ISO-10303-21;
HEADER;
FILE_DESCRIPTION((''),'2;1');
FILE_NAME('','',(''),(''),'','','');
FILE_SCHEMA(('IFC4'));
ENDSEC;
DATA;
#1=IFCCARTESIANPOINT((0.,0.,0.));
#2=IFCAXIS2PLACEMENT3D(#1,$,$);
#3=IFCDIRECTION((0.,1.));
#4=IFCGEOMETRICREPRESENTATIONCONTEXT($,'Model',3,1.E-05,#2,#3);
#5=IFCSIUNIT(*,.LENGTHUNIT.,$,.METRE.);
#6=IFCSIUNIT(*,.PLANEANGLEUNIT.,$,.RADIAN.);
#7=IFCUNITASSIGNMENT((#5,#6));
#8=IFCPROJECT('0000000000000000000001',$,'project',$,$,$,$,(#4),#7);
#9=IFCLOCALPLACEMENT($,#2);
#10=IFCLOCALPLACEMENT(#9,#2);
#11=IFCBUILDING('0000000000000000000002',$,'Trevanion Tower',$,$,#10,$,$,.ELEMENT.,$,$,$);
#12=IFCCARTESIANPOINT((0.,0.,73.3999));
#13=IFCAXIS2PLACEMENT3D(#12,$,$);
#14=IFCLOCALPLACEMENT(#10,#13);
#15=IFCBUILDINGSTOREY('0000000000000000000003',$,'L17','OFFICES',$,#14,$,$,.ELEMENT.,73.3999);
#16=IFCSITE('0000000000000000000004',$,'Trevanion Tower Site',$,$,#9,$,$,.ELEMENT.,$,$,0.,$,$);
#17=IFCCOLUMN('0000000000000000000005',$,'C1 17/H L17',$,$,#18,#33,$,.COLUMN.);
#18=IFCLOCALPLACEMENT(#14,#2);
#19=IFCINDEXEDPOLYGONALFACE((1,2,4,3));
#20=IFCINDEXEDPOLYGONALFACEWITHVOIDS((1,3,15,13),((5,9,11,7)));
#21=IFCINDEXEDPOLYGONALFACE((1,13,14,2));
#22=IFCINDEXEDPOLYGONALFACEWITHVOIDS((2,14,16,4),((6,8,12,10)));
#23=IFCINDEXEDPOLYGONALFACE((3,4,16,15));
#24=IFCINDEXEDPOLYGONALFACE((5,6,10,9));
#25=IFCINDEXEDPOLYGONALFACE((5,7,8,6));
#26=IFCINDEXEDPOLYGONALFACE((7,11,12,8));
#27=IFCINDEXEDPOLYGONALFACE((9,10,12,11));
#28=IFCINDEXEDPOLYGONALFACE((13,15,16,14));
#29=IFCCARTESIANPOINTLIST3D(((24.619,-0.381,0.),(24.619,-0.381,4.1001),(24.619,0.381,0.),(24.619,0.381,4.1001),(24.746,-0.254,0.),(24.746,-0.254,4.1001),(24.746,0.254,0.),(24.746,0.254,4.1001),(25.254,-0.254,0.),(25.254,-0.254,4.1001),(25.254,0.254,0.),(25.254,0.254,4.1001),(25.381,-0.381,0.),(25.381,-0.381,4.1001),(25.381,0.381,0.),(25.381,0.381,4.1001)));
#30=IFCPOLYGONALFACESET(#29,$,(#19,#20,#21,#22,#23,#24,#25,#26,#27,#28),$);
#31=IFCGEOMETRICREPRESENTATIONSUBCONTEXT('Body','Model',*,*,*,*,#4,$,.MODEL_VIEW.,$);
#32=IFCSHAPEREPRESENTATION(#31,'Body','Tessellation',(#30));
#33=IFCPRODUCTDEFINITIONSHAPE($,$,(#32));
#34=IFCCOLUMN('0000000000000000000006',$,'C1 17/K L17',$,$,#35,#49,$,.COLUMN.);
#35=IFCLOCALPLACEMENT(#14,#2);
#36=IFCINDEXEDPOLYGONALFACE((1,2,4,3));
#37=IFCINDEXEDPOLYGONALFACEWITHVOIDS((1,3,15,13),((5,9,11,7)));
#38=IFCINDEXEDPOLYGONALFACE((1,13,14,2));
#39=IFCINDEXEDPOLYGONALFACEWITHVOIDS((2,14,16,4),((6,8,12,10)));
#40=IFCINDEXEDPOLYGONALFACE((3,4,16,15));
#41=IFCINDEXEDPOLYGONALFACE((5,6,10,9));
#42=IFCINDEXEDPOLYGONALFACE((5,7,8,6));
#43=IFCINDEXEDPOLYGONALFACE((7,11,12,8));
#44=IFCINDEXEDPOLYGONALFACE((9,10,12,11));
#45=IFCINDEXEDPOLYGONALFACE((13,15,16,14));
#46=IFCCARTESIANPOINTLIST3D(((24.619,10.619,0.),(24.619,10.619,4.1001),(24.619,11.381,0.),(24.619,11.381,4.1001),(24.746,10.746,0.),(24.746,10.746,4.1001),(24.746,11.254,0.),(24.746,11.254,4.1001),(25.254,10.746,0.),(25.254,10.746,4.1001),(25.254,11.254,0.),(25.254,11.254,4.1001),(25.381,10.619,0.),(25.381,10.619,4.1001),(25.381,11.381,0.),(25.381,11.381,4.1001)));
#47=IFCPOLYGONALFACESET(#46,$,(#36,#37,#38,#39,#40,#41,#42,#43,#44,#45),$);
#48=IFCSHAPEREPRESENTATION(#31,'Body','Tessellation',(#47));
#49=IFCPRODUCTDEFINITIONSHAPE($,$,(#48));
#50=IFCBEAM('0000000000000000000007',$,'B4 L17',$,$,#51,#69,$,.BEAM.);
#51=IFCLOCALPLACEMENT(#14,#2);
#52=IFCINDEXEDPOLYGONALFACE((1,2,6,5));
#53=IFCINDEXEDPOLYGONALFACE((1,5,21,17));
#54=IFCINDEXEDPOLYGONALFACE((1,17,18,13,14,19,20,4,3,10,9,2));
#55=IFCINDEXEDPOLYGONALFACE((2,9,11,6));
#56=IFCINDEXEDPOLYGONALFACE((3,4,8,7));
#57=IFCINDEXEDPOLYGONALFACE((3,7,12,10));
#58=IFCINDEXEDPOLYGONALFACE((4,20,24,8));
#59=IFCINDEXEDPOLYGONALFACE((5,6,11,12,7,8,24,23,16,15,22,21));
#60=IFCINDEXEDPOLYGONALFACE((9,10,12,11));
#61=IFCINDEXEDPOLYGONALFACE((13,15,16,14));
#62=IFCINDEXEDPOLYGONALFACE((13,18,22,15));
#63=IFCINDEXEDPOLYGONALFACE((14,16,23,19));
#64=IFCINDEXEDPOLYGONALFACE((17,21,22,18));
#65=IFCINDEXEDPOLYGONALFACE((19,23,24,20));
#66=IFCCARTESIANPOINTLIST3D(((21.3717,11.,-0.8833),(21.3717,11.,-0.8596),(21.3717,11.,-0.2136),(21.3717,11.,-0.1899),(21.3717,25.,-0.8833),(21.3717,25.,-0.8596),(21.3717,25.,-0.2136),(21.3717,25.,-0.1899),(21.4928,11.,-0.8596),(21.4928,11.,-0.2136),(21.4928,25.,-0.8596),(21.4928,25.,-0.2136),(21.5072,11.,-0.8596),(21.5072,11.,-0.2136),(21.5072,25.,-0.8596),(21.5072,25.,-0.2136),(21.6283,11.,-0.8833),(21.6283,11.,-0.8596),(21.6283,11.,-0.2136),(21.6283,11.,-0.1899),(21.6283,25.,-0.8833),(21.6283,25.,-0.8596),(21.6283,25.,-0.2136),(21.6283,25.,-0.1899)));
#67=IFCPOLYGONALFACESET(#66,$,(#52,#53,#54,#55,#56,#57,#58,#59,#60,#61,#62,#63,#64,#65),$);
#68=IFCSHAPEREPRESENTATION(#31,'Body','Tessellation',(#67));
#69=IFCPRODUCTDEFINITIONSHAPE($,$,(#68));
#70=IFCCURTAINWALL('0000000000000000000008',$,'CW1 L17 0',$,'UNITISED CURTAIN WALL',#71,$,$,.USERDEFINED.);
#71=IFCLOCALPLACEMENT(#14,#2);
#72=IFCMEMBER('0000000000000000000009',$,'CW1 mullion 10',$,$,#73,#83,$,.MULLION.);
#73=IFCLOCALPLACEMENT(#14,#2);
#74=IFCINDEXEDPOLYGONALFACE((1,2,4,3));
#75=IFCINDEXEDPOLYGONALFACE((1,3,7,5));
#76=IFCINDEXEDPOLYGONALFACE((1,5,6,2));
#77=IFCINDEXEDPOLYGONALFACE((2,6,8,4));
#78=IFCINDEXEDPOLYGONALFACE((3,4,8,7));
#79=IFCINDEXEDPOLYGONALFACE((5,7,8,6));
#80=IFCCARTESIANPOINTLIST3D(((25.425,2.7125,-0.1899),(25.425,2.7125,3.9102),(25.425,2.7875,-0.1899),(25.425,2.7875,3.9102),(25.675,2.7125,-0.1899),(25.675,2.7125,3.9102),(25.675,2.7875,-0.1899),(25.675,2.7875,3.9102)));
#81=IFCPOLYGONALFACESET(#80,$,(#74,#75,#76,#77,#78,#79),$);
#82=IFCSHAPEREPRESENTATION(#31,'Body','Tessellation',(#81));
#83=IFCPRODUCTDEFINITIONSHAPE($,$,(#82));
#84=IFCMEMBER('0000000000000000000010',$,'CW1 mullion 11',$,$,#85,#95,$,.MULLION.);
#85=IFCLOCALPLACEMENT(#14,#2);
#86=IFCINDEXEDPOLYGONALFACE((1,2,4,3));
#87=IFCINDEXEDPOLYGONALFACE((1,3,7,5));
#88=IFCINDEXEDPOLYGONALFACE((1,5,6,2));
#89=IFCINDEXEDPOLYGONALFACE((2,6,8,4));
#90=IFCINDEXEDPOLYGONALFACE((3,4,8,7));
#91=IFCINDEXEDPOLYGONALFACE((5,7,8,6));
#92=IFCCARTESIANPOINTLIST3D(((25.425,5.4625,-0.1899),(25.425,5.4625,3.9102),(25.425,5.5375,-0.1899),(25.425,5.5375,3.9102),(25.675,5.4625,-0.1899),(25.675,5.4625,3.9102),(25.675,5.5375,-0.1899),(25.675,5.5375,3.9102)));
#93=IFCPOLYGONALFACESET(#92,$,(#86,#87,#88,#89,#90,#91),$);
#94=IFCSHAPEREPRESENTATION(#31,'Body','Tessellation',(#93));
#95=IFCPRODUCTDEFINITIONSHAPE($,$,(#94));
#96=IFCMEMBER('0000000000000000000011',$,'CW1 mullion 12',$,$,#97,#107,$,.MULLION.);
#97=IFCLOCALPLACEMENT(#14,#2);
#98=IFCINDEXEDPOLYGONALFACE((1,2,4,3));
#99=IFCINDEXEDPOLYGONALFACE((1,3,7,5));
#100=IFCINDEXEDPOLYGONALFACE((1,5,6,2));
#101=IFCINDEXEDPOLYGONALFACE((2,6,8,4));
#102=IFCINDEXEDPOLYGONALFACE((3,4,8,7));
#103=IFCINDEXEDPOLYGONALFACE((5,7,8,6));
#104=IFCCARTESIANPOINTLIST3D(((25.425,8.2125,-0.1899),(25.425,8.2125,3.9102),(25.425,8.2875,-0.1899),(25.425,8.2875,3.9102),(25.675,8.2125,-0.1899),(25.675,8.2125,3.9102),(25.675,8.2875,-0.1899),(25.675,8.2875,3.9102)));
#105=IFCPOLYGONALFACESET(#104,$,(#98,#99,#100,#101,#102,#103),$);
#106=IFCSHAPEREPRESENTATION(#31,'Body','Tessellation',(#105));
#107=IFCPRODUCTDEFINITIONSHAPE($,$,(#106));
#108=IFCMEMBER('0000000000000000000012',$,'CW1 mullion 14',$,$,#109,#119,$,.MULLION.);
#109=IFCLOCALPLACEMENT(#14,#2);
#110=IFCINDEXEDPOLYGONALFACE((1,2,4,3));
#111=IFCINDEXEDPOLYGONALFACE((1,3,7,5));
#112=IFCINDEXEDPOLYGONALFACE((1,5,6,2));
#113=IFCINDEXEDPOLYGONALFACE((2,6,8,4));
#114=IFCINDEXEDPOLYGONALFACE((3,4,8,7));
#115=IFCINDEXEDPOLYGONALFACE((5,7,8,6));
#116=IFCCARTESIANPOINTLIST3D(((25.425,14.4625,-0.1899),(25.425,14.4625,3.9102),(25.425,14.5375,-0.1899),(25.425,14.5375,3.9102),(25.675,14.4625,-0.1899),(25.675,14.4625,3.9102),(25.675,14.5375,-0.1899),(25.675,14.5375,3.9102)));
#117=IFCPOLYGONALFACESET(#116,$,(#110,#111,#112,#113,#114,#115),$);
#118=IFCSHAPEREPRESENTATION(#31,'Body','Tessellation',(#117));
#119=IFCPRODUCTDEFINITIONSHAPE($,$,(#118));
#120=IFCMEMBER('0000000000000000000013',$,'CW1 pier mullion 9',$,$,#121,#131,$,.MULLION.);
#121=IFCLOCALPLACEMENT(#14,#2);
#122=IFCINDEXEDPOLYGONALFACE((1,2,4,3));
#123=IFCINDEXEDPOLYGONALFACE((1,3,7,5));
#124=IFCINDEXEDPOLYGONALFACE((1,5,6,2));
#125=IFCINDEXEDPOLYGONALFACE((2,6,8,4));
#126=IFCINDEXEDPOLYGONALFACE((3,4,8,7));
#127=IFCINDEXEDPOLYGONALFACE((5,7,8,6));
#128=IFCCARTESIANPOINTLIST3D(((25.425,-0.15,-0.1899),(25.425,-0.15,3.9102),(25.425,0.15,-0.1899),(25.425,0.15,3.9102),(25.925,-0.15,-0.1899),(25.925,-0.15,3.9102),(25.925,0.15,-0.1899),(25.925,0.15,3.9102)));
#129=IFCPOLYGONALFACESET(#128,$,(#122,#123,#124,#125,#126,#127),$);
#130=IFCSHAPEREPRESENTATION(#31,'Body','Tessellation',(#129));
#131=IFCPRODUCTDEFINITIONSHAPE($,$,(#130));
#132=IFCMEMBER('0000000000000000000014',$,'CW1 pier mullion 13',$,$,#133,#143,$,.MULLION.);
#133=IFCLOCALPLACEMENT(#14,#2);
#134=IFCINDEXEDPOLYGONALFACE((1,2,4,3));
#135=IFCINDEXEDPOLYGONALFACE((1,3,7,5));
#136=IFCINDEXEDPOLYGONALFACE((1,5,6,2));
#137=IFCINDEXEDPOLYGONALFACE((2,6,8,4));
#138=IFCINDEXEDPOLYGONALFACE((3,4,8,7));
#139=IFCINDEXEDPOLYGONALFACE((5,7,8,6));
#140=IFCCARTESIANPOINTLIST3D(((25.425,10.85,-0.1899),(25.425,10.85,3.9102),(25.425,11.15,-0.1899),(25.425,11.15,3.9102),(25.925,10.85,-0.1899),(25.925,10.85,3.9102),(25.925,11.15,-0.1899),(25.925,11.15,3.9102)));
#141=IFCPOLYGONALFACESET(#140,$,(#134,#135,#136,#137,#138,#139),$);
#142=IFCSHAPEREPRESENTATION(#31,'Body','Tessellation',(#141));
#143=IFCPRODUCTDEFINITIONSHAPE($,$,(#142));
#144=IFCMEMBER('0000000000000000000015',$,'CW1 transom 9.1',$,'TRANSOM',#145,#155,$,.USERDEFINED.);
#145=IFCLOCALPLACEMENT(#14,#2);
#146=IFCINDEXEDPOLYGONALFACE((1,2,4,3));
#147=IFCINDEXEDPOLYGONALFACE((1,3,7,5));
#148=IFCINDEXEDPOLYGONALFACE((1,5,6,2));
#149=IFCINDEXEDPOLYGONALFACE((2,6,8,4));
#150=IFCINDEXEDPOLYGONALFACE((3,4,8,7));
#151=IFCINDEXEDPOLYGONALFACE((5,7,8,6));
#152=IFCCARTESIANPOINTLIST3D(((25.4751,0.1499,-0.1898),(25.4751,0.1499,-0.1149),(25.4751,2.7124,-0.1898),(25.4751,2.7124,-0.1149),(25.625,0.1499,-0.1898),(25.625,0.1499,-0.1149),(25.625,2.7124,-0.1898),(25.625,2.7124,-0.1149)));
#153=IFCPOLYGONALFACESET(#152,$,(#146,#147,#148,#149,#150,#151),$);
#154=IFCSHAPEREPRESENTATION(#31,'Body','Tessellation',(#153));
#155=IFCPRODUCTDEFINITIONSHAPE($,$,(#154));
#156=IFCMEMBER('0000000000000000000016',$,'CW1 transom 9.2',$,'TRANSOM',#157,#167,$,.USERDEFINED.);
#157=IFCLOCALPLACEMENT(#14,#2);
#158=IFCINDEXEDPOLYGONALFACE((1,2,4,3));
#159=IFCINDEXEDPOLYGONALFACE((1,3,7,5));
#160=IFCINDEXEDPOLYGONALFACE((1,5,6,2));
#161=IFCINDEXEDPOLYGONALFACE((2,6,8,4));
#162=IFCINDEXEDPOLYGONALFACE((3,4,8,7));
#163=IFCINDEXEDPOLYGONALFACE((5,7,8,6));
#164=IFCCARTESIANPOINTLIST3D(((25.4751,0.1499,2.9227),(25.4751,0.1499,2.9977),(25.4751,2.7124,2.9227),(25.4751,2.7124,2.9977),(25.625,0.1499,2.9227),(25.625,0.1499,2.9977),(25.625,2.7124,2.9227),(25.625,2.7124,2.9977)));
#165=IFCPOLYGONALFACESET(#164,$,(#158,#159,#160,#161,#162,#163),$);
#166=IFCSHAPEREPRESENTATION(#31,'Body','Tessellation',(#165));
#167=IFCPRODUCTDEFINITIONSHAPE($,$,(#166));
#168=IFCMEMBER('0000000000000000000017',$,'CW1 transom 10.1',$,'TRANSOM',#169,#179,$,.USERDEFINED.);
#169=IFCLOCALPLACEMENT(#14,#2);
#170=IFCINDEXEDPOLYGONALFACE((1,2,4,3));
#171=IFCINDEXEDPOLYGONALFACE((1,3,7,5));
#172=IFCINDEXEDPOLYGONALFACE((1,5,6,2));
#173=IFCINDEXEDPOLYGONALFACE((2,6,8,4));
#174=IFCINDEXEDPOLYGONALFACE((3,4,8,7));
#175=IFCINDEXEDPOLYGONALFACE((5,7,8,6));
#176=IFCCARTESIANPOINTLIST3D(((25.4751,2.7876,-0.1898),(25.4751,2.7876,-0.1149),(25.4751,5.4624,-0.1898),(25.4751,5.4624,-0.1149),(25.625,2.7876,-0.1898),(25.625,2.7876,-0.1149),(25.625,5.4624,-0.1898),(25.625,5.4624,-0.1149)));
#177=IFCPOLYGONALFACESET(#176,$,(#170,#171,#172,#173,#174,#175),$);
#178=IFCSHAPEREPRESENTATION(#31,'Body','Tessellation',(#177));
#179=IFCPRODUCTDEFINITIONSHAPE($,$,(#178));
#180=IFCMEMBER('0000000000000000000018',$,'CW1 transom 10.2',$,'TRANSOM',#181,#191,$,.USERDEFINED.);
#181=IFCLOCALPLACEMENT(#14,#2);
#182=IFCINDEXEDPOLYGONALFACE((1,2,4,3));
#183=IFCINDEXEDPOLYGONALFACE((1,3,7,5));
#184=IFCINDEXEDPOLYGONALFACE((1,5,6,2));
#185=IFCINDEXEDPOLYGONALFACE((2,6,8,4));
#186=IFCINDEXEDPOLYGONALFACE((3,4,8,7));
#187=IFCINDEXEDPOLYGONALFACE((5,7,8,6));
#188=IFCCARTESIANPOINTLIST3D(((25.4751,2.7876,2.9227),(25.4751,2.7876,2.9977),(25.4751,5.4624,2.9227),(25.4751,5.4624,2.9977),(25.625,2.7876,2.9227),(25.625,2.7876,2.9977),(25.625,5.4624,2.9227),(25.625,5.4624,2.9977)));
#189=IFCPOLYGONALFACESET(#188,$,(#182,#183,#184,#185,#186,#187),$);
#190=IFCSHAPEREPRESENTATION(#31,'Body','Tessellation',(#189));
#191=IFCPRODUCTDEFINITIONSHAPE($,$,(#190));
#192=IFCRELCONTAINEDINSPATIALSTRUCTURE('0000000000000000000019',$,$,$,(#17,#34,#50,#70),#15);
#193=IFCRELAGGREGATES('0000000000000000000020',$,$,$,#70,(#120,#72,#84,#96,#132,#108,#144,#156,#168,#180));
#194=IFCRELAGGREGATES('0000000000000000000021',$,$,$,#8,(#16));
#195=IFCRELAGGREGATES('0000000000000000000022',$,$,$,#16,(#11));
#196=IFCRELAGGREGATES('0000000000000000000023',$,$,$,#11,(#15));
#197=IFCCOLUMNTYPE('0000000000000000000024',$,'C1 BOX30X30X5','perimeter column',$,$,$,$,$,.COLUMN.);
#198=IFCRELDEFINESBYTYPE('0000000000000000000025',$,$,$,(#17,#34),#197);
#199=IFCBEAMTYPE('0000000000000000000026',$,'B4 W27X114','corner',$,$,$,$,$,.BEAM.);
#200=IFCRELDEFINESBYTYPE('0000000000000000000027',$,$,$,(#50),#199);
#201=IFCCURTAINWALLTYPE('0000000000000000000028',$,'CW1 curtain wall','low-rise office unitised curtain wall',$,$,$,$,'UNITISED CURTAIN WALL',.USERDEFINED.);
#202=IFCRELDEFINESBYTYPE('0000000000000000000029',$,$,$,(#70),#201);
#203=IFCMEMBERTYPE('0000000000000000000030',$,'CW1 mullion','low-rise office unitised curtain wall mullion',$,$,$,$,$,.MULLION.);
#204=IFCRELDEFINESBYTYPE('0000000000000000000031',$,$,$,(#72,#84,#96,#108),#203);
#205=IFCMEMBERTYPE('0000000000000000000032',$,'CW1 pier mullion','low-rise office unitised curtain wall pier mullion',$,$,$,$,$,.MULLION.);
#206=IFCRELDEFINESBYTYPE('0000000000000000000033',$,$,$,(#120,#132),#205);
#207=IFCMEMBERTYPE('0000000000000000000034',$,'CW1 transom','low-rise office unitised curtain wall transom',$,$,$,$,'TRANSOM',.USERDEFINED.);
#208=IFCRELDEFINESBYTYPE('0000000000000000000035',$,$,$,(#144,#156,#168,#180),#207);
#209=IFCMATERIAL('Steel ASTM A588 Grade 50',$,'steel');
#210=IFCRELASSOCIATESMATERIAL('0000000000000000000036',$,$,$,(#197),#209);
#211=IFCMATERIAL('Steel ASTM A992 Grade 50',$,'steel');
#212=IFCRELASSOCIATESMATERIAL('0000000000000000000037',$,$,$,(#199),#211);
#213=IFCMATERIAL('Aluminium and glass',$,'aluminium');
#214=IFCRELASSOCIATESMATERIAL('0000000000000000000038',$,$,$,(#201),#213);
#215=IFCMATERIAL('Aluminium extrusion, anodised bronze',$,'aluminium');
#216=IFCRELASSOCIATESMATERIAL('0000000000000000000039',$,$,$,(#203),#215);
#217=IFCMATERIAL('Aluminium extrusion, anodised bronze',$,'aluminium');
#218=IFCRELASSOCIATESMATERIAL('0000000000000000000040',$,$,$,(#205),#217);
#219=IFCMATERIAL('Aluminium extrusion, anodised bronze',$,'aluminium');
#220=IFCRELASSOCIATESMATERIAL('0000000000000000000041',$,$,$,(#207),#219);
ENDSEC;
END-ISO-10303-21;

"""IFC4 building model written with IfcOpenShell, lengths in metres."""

from ifc_helpers import new_model, si_unit, direction, frame, origin, origin_2d, place, context, subcontext, project, spatial, rectangle, hollow_rectangle, i_section, extrude, material, material_profile, profile_set, type_object, element, aggregate, save


model = new_model("IFC4")

# Units and contexts
model_context = context("Model", 3, precision=1e-05, world=origin(), true_north=direction((0.0, 1.0)))
body_context = subcontext(model_context, "Body", "Model", "MODEL_VIEW")
ifc_project = project(units=[si_unit("LENGTHUNIT", "METRE"), si_unit("PLANEANGLEUNIT", "RADIAN")], contexts=[model_context])

# Site, building, storey
site_placement = place(None, origin())
site = spatial("IfcSite", under=ifc_project, at=site_placement, Name="Trevanion Tower Site", CompositionType="ELEMENT", RefElevation=0.0)
building_placement = place(site_placement, origin())
building = spatial("IfcBuilding", under=site, at=building_placement, Name="Trevanion Tower", CompositionType="ELEMENT")
storey_placement = place(building_placement, frame((0.0, 0.0, 73.3999)))
storey = spatial("IfcBuildingStorey", under=building, at=storey_placement, Name="L17", Description="OFFICES", CompositionType="ELEMENT", Elevation=73.3999)

# Columns
ifc_material_1 = material(Name="Steel ASTM A588 Grade 50", Category="steel")
ifc_material_profile_1 = material_profile(ifc_material_1, hollow_rectangle(XDim=0.762, YDim=0.762, WallThickness=0.127, at=origin_2d()), Name="BOX30X30X5")
ifc_profile_set_1 = profile_set([ifc_material_profile_1], Name="Steel ASTM A588 Grade 50")
column_type = type_object("IfcColumnType", Name="C1 BOX30X30X5", Description="perimeter column", PredefinedType="COLUMN", material=ifc_profile_set_1)
for number, where, z_axis, x_axis, name in (
    (1, (25.0, 0.0, 0.0), (0.0, 0.0, 1.0), (0.0, 1.0, 0.0), "C1 17/H L17"),
    (2, (25.0, 11.0, 0.0), (0.0, 0.0, 1.0), (0.0, 1.0, 0.0), "C1 17/K L17"),
):
    element("IfcColumn", number, at=place(storey_placement, frame(where, z_axis=z_axis, x_axis=x_axis)), inside=storey, type_object=column_type, Name=name, PredefinedType="COLUMN", context=body_context, shape_type="SweptSolid", body=[
        extrude(hollow_rectangle(XDim=0.762, YDim=0.762, WallThickness=0.127, at=origin_2d()), origin(), (0.0, 0.0, 1.0), 4.1001),
    ])

# Beam
ifc_material_2 = material(Name="Steel ASTM A992 Grade 50", Category="steel")
ifc_material_profile_2 = material_profile(ifc_material_2, i_section(OverallWidth=0.2566, OverallDepth=0.6934, WebThickness=0.0144, FlangeThickness=0.0237, at=origin_2d()), Name="W27X114")
ifc_profile_set_2 = profile_set([ifc_material_profile_2], Name="Steel ASTM A992 Grade 50")
beam_type_1 = type_object("IfcBeamType", Name="B4 W27X114", Description="corner", PredefinedType="BEAM", material=ifc_profile_set_2)
beam_1_placement = place(storey_placement, frame((21.5, 11.0, -0.5366), z_axis=(0.0, 1.0, 0.0), x_axis=(-1.0, 0.0, 0.0)))
element("IfcBeam", 3, at=beam_1_placement, inside=storey, type_object=beam_type_1, Name="B4 L17", PredefinedType="BEAM", context=body_context, shape_type="SweptSolid", body=[
    extrude(i_section(OverallWidth=0.2566, OverallDepth=0.6934, WebThickness=0.0144, FlangeThickness=0.0237, at=origin_2d()), origin(), (0.0, 0.0, 1.0), 14.0),
])

# Curtain wall, members
ifc_material_3 = material(Name="Aluminium and glass", Category="aluminium")
curtain_wall_type = type_object("IfcCurtainWallType", Name="CW1 curtain wall", Description="low-rise office unitised curtain wall", ElementType="UNITISED CURTAIN WALL", PredefinedType="USERDEFINED", material=ifc_material_3)
curtain_wall_placement = place(storey_placement, origin())
curtain_wall = element("IfcCurtainWall", 4, at=curtain_wall_placement, inside=storey, type_object=curtain_wall_type, Name="CW1 L17 0", ObjectType="UNITISED CURTAIN WALL", PredefinedType="USERDEFINED")
ifc_material_4 = material(Name="Aluminium extrusion, anodised bronze", Category="aluminium")
ifc_material_profile_3 = material_profile(ifc_material_4, rectangle(XDim=0.075, YDim=0.25, at=origin_2d()), Name="CW1 mullion")
ifc_profile_set_3 = profile_set([ifc_material_profile_3], Name="Aluminium extrusion, anodised bronze")
member_type_1 = type_object("IfcMemberType", Name="CW1 mullion", Description="low-rise office unitised curtain wall mullion", PredefinedType="MULLION", material=ifc_profile_set_3)
member_1_placement = place(storey_placement, frame((25.55, 2.75, -0.1899), z_axis=(0.0, 0.0, 1.0), x_axis=(0.0, 1.0, 0.0)))
member_1 = element("IfcMember", 5, at=member_1_placement, type_object=member_type_1, Name="CW1 mullion 10", PredefinedType="MULLION", context=body_context, shape_type="SweptSolid", body=[
    extrude(rectangle(XDim=0.075, YDim=0.25, at=origin_2d()), origin(), (0.0, 0.0, 1.0), 4.1001),
])
member_2_placement = place(storey_placement, frame((25.55, 5.5, -0.1899), z_axis=(0.0, 0.0, 1.0), x_axis=(0.0, 1.0, 0.0)))
member_2 = element("IfcMember", 6, at=member_2_placement, type_object=member_type_1, Name="CW1 mullion 11", PredefinedType="MULLION", context=body_context, shape_type="SweptSolid", body=[
    extrude(rectangle(XDim=0.075, YDim=0.25, at=origin_2d()), origin(), (0.0, 0.0, 1.0), 4.1001),
])
member_3_placement = place(storey_placement, frame((25.55, 8.25, -0.1899), z_axis=(0.0, 0.0, 1.0), x_axis=(0.0, 1.0, 0.0)))
member_3 = element("IfcMember", 7, at=member_3_placement, type_object=member_type_1, Name="CW1 mullion 12", PredefinedType="MULLION", context=body_context, shape_type="SweptSolid", body=[
    extrude(rectangle(XDim=0.075, YDim=0.25, at=origin_2d()), origin(), (0.0, 0.0, 1.0), 4.1001),
])
member_4_placement = place(storey_placement, frame((25.55, 14.5, -0.1899), z_axis=(0.0, 0.0, 1.0), x_axis=(0.0, 1.0, 0.0)))
member_4 = element("IfcMember", 8, at=member_4_placement, type_object=member_type_1, Name="CW1 mullion 14", PredefinedType="MULLION", context=body_context, shape_type="SweptSolid", body=[
    extrude(rectangle(XDim=0.075, YDim=0.25, at=origin_2d()), origin(), (0.0, 0.0, 1.0), 4.1001),
])
ifc_material_5 = material(Name="Aluminium extrusion, anodised bronze", Category="aluminium")
ifc_material_profile_4 = material_profile(ifc_material_5, rectangle(XDim=0.3, YDim=0.5, at=origin_2d()), Name="CW1 pier mullion")
ifc_profile_set_4 = profile_set([ifc_material_profile_4], Name="Aluminium extrusion, anodised bronze")
member_type_2 = type_object("IfcMemberType", Name="CW1 pier mullion", Description="low-rise office unitised curtain wall pier mullion", PredefinedType="MULLION", material=ifc_profile_set_4)
member_5_placement = place(storey_placement, frame((25.675, 0.0, -0.1899), z_axis=(0.0, 0.0, 1.0), x_axis=(0.0, 1.0, 0.0)))
member_5 = element("IfcMember", 9, at=member_5_placement, type_object=member_type_2, Name="CW1 pier mullion 9", PredefinedType="MULLION", context=body_context, shape_type="SweptSolid", body=[
    extrude(rectangle(XDim=0.3, YDim=0.5, at=origin_2d()), origin(), (0.0, 0.0, 1.0), 4.1001),
])
member_6_placement = place(storey_placement, frame((25.675, 11.0, -0.1899), z_axis=(0.0, 0.0, 1.0), x_axis=(0.0, 1.0, 0.0)))
member_6 = element("IfcMember", 10, at=member_6_placement, type_object=member_type_2, Name="CW1 pier mullion 13", PredefinedType="MULLION", context=body_context, shape_type="SweptSolid", body=[
    extrude(rectangle(XDim=0.3, YDim=0.5, at=origin_2d()), origin(), (0.0, 0.0, 1.0), 4.1001),
])
ifc_material_6 = material(Name="Aluminium extrusion, anodised bronze", Category="aluminium")
ifc_material_profile_5 = material_profile(ifc_material_6, rectangle(XDim=0.1499, YDim=0.075, at=origin_2d()), Name="CW1 transom")
ifc_profile_set_5 = profile_set([ifc_material_profile_5], Name="Aluminium extrusion, anodised bronze")
member_type_3 = type_object("IfcMemberType", Name="CW1 transom", Description="low-rise office unitised curtain wall transom", ElementType="TRANSOM", PredefinedType="USERDEFINED", material=ifc_profile_set_5)
member_7_placement = place(storey_placement, frame((25.55, 0.1499, -0.1523), z_axis=(0.0, 1.0, 0.0), x_axis=(-1.0, 0.0, 0.0)))
member_7 = element("IfcMember", 11, at=member_7_placement, type_object=member_type_3, Name="CW1 transom 9.1", ObjectType="TRANSOM", PredefinedType="USERDEFINED", context=body_context, shape_type="SweptSolid", body=[
    extrude(rectangle(XDim=0.1499, YDim=0.075, at=origin_2d()), origin(), (0.0, 0.0, 1.0), 2.5625),
])
member_8_placement = place(storey_placement, frame((25.55, 0.1499, 2.9602), z_axis=(0.0, 1.0, 0.0), x_axis=(-1.0, 0.0, 0.0)))
member_8 = element("IfcMember", 12, at=member_8_placement, type_object=member_type_3, Name="CW1 transom 9.2", ObjectType="TRANSOM", PredefinedType="USERDEFINED", context=body_context, shape_type="SweptSolid", body=[
    extrude(rectangle(XDim=0.1499, YDim=0.075, at=origin_2d()), origin(), (0.0, 0.0, 1.0), 2.5625),
])
member_9_placement = place(storey_placement, frame((25.55, 2.7876, -0.1523), z_axis=(0.0, 1.0, 0.0), x_axis=(-1.0, 0.0, 0.0)))
member_9 = element("IfcMember", 13, at=member_9_placement, type_object=member_type_3, Name="CW1 transom 10.1", ObjectType="TRANSOM", PredefinedType="USERDEFINED", context=body_context, shape_type="SweptSolid", body=[
    extrude(rectangle(XDim=0.1499, YDim=0.075, at=origin_2d()), origin(), (0.0, 0.0, 1.0), 2.6748),
])
member_10_placement = place(storey_placement, frame((25.55, 2.7876, 2.9602), z_axis=(0.0, 1.0, 0.0), x_axis=(-1.0, 0.0, 0.0)))
member_10 = element("IfcMember", 14, at=member_10_placement, type_object=member_type_3, Name="CW1 transom 10.2", ObjectType="TRANSOM", PredefinedType="USERDEFINED", context=body_context, shape_type="SweptSolid", body=[
    extrude(rectangle(XDim=0.1499, YDim=0.075, at=origin_2d()), origin(), (0.0, 0.0, 1.0), 2.6748),
])

aggregate(curtain_wall, [member_5, member_1, member_2, member_3, member_6, member_4, member_7, member_8, member_9, member_10])

save(model, "model.ifc")
